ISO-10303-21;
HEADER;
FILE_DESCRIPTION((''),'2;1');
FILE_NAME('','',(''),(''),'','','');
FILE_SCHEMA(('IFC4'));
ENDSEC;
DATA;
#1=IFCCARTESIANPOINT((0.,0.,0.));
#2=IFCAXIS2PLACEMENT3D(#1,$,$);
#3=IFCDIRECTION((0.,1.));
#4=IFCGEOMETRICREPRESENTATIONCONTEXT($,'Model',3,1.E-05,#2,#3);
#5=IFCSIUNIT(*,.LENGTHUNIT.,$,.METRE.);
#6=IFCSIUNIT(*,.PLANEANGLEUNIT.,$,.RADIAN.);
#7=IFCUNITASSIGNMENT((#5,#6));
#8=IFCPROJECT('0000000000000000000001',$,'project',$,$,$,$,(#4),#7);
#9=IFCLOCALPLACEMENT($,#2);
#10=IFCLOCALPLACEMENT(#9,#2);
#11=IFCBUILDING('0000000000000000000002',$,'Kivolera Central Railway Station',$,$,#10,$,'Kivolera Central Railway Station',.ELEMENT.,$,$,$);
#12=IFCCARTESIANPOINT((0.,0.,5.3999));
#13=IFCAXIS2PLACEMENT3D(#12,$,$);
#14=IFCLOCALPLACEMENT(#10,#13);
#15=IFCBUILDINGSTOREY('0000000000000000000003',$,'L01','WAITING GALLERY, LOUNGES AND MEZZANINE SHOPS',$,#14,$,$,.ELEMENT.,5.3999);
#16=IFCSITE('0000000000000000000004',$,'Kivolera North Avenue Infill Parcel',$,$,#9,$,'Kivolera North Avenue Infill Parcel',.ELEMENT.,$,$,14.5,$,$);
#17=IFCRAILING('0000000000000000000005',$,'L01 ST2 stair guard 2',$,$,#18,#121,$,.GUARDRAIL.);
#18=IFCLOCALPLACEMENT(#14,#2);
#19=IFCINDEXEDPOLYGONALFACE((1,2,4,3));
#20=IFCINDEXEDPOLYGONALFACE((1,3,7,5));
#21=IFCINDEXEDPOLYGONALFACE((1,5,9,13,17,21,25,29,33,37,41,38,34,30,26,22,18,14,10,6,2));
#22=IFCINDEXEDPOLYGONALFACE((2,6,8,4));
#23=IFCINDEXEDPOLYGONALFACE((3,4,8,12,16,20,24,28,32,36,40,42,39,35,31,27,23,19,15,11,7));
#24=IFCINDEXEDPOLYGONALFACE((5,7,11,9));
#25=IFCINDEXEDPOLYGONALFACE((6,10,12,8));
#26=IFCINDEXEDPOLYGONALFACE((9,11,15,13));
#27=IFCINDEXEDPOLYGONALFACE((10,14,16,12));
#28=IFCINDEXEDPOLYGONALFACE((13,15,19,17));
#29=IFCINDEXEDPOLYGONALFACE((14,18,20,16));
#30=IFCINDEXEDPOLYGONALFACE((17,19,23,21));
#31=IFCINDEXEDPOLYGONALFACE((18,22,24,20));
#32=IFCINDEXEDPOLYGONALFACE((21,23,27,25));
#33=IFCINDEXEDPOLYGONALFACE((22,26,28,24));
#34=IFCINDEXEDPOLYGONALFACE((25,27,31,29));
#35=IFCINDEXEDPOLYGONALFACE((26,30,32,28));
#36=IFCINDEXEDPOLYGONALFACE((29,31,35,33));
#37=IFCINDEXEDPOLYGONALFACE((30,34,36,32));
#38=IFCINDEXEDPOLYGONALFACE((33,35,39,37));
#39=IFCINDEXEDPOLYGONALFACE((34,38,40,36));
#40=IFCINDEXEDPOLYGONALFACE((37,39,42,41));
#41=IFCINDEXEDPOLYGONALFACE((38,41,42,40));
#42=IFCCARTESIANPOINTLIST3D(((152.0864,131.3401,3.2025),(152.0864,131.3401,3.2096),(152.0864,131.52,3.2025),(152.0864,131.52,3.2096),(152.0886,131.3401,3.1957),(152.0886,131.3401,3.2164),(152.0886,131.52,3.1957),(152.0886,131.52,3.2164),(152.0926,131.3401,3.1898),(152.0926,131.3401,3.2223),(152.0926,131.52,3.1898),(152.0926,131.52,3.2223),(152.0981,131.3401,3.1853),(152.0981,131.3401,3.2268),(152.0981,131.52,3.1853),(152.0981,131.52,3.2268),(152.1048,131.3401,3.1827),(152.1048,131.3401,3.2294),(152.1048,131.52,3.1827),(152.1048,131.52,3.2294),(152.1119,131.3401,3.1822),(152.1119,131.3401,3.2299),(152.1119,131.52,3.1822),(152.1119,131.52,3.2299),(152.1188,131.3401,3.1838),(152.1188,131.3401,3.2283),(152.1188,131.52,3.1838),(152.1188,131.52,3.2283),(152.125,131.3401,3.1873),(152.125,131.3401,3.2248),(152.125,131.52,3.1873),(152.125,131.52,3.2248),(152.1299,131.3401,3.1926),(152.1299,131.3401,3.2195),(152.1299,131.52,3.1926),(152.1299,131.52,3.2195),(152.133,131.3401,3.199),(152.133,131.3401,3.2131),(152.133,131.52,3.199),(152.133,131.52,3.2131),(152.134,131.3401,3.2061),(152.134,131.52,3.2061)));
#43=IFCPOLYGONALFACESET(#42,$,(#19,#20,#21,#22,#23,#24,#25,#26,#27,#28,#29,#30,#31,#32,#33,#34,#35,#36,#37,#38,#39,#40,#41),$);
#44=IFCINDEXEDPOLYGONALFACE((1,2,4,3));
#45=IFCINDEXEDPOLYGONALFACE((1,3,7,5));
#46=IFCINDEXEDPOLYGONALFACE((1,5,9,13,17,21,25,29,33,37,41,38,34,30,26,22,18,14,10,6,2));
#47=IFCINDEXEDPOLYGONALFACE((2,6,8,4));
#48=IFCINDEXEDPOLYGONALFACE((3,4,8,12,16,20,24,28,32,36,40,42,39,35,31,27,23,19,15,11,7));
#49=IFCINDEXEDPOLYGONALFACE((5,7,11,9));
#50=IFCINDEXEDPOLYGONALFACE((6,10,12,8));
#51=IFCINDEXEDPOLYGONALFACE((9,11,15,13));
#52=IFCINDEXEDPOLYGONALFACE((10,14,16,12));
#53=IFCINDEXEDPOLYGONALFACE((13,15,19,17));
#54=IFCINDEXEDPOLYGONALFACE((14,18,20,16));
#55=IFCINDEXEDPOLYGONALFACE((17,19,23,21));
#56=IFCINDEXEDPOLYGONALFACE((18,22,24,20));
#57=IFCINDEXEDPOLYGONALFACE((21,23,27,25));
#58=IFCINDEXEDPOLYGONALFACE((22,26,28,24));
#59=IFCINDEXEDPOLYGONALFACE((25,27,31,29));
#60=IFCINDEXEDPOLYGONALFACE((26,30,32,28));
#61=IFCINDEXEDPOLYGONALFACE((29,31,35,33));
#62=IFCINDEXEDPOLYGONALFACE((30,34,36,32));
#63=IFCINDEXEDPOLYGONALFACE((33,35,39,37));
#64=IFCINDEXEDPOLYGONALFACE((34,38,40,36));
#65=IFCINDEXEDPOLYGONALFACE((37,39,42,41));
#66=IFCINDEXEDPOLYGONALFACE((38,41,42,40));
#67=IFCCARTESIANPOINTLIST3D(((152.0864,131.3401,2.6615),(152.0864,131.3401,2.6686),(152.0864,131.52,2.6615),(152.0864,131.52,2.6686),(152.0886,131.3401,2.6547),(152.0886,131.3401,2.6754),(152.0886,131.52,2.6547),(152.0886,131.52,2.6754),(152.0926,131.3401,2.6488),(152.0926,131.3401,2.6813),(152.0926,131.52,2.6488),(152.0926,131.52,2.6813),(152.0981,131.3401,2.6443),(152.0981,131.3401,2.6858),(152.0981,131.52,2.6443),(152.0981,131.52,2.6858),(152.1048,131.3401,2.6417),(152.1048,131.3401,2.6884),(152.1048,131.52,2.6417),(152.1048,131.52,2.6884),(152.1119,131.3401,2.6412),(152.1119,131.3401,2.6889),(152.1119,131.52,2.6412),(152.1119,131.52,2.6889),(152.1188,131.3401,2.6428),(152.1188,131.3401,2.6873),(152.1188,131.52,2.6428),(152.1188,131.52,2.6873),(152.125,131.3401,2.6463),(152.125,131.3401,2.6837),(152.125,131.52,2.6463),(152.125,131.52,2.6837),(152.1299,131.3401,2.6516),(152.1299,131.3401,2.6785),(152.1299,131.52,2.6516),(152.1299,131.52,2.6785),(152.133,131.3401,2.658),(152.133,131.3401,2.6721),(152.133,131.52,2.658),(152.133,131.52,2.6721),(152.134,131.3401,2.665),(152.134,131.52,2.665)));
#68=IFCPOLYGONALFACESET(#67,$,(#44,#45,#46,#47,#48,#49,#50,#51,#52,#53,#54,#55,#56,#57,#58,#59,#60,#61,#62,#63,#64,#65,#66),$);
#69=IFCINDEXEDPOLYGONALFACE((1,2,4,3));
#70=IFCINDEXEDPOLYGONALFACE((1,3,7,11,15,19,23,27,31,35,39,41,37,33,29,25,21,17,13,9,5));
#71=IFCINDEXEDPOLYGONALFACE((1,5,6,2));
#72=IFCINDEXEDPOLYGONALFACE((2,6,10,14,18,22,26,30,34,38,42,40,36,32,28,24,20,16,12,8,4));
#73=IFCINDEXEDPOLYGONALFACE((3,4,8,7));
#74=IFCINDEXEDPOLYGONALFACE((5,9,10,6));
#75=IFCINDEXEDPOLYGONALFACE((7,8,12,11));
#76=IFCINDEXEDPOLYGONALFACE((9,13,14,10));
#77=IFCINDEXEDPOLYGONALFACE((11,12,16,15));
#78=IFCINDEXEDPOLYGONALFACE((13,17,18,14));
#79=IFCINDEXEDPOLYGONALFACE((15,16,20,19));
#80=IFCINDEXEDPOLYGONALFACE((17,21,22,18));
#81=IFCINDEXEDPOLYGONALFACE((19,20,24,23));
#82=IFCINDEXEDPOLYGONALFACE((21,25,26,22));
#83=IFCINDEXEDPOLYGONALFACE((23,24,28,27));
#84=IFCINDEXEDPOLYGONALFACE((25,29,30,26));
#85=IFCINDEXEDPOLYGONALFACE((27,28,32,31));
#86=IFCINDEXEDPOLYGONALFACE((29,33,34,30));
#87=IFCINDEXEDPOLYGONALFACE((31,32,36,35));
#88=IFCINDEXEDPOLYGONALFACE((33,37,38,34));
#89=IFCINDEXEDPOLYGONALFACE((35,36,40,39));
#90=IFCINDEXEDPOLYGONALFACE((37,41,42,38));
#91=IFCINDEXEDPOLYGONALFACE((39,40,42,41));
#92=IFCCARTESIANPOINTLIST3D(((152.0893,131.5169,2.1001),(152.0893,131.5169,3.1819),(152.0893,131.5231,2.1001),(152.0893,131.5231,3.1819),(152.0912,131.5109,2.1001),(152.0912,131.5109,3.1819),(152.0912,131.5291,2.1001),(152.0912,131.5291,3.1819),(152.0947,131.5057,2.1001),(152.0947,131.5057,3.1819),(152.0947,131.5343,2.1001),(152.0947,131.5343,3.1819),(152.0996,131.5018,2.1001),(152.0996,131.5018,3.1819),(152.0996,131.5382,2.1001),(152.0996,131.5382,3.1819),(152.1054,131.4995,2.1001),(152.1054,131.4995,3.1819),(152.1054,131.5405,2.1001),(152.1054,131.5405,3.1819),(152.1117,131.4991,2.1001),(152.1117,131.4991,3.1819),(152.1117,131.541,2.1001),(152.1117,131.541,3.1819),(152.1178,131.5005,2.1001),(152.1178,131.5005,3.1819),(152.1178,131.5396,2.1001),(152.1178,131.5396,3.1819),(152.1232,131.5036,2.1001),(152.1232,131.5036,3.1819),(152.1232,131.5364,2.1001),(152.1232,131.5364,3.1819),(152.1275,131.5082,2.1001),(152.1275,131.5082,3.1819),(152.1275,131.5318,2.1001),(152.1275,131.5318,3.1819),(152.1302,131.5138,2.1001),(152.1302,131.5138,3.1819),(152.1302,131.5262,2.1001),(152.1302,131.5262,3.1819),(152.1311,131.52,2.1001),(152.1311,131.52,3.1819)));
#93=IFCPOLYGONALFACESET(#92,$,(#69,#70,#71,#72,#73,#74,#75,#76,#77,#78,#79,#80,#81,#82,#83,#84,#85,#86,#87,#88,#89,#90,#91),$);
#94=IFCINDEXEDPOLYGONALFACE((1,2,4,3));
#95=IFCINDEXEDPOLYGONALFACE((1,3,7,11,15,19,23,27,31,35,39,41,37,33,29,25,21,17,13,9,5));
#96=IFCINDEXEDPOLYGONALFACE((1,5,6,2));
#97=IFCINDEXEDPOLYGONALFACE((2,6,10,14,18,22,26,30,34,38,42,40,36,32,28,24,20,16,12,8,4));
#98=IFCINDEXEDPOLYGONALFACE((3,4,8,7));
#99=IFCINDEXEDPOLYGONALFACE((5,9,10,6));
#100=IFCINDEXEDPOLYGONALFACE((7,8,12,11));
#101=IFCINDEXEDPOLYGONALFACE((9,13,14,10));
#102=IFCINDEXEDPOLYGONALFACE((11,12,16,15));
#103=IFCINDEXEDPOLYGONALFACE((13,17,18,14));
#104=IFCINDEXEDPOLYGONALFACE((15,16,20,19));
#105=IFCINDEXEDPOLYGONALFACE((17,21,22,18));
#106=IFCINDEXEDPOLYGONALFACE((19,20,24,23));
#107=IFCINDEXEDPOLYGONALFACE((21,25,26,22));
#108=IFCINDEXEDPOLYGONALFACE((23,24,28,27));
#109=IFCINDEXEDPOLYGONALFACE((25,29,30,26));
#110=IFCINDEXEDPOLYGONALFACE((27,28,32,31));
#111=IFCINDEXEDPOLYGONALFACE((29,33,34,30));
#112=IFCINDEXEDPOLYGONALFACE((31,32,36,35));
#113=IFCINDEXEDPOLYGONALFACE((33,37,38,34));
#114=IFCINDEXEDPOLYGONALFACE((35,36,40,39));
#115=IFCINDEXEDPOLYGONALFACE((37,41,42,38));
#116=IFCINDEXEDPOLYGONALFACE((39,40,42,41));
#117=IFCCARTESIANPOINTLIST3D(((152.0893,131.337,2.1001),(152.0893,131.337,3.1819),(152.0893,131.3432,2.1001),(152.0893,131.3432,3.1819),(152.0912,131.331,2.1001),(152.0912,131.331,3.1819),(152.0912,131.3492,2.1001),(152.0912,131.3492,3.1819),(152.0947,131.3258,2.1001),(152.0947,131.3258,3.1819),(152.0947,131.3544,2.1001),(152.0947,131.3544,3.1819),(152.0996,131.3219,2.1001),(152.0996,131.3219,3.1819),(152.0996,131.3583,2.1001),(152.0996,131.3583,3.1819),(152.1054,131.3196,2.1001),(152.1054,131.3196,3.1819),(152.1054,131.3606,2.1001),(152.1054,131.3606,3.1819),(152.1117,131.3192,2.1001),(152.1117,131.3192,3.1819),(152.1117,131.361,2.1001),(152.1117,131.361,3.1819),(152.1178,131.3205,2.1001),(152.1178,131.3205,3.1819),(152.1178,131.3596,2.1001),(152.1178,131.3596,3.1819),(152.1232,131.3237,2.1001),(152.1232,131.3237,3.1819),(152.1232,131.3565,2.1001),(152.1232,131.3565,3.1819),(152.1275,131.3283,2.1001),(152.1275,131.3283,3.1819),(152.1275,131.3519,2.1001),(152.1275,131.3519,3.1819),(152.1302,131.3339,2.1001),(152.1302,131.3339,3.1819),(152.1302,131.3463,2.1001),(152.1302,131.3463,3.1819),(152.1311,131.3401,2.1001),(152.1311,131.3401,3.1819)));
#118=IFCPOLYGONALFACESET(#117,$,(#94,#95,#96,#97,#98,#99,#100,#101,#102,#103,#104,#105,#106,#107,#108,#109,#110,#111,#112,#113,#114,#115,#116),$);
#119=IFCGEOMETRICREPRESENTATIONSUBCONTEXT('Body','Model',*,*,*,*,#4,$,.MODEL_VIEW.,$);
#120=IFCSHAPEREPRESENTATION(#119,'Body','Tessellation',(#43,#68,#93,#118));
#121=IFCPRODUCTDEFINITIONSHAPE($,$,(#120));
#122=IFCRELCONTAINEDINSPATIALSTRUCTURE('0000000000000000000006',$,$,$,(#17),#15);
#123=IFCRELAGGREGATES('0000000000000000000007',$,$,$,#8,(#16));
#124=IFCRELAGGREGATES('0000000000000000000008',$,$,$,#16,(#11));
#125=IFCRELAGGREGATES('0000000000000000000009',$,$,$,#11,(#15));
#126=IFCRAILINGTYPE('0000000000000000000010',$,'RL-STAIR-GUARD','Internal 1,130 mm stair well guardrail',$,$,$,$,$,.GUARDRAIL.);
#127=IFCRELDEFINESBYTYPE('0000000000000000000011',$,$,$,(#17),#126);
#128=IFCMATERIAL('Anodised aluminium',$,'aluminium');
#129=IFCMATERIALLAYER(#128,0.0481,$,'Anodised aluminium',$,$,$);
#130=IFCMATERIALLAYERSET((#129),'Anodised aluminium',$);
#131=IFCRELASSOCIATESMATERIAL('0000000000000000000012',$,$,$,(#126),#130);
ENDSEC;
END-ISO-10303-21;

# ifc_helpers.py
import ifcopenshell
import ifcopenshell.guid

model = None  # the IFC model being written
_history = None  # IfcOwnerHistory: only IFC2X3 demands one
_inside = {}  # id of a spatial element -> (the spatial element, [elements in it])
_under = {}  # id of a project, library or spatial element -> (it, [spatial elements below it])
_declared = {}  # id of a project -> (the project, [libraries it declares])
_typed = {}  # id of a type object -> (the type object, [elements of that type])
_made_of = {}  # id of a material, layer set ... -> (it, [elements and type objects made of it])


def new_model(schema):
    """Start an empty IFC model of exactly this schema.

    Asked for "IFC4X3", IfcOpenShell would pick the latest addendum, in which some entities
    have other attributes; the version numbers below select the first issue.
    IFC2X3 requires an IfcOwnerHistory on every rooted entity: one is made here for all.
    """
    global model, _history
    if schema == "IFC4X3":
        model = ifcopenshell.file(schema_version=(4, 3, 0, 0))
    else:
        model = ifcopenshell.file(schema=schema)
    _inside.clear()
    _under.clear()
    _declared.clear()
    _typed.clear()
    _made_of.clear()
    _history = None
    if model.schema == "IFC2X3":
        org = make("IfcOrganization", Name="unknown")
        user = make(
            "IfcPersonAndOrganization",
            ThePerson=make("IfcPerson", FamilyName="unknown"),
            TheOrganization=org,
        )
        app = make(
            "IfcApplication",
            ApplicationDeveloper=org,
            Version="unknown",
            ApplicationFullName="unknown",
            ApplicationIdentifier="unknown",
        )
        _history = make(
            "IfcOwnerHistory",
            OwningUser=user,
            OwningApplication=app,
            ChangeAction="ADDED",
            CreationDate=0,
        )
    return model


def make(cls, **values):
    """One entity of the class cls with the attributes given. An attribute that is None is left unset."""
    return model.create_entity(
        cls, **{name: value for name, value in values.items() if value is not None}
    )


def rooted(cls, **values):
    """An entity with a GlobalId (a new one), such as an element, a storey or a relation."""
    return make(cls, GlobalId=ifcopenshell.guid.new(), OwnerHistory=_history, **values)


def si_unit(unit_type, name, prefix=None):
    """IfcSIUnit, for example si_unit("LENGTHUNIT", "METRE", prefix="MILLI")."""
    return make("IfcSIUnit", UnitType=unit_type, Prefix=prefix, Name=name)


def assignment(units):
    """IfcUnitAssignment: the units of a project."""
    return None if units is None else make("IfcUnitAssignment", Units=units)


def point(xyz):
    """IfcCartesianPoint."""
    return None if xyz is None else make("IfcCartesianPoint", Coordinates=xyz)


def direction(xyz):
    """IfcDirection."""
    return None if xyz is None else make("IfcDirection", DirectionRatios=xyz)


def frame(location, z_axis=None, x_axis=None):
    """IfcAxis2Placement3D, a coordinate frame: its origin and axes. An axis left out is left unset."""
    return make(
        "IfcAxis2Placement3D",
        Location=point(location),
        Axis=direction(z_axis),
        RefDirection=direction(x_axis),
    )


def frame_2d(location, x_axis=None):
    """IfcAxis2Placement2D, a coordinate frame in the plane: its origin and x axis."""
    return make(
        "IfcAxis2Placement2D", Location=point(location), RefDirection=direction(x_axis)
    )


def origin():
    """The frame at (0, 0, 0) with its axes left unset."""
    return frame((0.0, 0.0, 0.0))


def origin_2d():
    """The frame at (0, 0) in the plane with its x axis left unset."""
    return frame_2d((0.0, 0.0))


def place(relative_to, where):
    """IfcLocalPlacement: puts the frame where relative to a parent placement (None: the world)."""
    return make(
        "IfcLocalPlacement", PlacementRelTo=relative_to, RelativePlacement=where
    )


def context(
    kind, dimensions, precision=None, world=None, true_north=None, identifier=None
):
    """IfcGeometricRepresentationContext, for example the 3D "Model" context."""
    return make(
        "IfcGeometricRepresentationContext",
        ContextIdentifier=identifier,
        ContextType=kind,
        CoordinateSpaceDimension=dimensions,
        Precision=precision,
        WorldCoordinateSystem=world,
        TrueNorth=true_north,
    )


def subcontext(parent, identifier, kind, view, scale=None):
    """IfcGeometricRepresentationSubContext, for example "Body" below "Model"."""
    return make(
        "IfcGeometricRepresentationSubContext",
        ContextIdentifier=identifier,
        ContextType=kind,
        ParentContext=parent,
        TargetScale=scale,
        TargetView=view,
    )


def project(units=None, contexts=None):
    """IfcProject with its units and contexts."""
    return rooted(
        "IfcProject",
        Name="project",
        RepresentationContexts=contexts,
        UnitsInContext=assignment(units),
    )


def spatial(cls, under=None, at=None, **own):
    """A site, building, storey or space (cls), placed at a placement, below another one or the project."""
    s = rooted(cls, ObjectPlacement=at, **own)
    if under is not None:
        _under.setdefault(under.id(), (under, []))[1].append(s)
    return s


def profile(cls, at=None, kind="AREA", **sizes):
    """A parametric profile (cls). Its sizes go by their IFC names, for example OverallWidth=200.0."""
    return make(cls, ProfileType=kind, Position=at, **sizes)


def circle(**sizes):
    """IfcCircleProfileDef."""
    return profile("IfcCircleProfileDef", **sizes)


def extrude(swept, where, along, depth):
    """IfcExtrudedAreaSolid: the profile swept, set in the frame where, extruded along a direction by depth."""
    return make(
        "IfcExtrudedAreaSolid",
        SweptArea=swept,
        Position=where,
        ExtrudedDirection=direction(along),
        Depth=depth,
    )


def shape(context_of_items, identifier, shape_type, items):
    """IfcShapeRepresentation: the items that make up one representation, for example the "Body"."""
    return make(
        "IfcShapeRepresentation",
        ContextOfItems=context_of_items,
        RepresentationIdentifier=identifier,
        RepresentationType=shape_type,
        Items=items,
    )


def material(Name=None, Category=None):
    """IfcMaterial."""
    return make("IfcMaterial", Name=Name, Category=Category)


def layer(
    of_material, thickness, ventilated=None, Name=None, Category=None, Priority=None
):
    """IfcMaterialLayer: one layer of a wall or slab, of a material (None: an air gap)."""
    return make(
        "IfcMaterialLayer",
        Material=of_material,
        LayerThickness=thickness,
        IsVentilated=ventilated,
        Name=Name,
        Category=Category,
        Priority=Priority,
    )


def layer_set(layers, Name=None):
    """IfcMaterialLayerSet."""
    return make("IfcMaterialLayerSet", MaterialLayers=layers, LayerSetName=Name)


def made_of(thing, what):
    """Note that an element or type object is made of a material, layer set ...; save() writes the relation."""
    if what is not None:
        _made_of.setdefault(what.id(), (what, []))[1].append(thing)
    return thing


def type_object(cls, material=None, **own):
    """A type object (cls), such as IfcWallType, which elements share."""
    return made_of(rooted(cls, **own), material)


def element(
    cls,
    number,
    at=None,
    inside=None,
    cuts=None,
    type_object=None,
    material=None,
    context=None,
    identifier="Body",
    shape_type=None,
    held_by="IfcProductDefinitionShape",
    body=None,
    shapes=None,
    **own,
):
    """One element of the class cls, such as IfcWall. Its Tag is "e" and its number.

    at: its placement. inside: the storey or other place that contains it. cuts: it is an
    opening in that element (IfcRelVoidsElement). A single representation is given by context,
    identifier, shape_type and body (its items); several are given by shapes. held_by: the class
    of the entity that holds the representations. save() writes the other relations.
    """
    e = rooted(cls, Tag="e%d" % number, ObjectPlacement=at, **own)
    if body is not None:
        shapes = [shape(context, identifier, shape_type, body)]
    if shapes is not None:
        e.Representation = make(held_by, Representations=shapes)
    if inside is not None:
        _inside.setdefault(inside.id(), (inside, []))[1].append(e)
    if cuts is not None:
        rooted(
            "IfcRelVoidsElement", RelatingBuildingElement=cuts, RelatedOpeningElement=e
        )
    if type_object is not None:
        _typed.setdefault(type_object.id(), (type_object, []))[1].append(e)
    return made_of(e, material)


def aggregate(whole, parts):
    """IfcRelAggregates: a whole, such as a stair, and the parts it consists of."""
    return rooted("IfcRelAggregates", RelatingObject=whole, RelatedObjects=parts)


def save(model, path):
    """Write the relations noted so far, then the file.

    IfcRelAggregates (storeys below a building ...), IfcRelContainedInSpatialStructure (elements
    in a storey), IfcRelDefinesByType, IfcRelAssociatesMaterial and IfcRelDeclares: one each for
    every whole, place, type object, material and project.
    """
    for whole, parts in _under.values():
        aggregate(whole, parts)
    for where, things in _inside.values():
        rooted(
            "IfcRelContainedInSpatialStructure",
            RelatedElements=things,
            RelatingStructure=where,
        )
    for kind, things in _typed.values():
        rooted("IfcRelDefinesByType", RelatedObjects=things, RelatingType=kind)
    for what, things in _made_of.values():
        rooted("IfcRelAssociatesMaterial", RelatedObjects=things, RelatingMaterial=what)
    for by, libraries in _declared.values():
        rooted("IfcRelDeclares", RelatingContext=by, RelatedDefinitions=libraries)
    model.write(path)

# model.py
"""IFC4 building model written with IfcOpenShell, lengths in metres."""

from ifc_helpers import new_model, si_unit, direction, frame, origin, origin_2d, place, context, subcontext, project, spatial, circle, extrude, material, layer, layer_set, type_object, element, save


model = new_model("IFC4")

# Units and contexts
model_context = context("Model", 3, precision=1e-05, world=origin(), true_north=direction((0.0, 1.0)))
body_context = subcontext(model_context, "Body", "Model", "MODEL_VIEW")
ifc_project = project(units=[si_unit("LENGTHUNIT", "METRE"), si_unit("PLANEANGLEUNIT", "RADIAN")], contexts=[model_context])

# Site, building, storey
site_placement = place(None, origin())
site = spatial("IfcSite", under=ifc_project, at=site_placement, Name="Kivolera North Avenue Infill Parcel", LongName="Kivolera North Avenue Infill Parcel", CompositionType="ELEMENT", RefElevation=14.5)
building_placement = place(site_placement, origin())
building = spatial("IfcBuilding", under=site, at=building_placement, Name="Kivolera Central Railway Station", LongName="Kivolera Central Railway Station", CompositionType="ELEMENT")
storey_placement = place(building_placement, frame((0.0, 0.0, 5.3999)))
storey = spatial("IfcBuildingStorey", under=building, at=storey_placement, Name="L01", Description="WAITING GALLERY, LOUNGES AND MEZZANINE SHOPS", CompositionType="ELEMENT", Elevation=5.3999)

# Shared definitions
ifc_material_1 = material(Name="Anodised aluminium", Category="aluminium")

# Railing
ifc_layer_1 = layer(ifc_material_1, 0.0481, Name="Anodised aluminium")
ifc_layer_set_1 = layer_set([ifc_layer_1], Name="Anodised aluminium")
railing_type_1 = type_object("IfcRailingType", Name="RL-STAIR-GUARD", Description="Internal 1,130 mm stair well guardrail", PredefinedType="GUARDRAIL", material=ifc_layer_set_1)
railing_1_placement = place(storey_placement, frame((152.1101, 131.52, 2.1001)))
element("IfcRailing", 1, at=railing_1_placement, inside=storey, type_object=railing_type_1, Name="L01 ST2 stair guard 2", PredefinedType="GUARDRAIL", context=body_context, shape_type="SweptSolid", body=[
    extrude(circle(Radius=0.0239, at=origin_2d()), frame((0.0, 0.0, 1.106), z_axis=(0.0, -1.0, 0.0), x_axis=(1.0, 0.0, 0.0)), (0.0, 0.0, 1.0), 0.1799),
    extrude(circle(Radius=0.0239, at=origin_2d()), frame((0.0, 0.0, 0.5649), z_axis=(0.0, -1.0, 0.0), x_axis=(1.0, 0.0, 0.0)), (0.0, 0.0, 1.0), 0.1799),
    extrude(circle(Radius=0.021, at=origin_2d()), origin(), (0.0, 0.0, 1.0), 1.0818),
    extrude(circle(Radius=0.021, at=origin_2d()), frame((0.0, -0.1799, 0.0)), (0.0, 0.0, 1.0), 1.0818),
])

save(model, "model.ifc")
